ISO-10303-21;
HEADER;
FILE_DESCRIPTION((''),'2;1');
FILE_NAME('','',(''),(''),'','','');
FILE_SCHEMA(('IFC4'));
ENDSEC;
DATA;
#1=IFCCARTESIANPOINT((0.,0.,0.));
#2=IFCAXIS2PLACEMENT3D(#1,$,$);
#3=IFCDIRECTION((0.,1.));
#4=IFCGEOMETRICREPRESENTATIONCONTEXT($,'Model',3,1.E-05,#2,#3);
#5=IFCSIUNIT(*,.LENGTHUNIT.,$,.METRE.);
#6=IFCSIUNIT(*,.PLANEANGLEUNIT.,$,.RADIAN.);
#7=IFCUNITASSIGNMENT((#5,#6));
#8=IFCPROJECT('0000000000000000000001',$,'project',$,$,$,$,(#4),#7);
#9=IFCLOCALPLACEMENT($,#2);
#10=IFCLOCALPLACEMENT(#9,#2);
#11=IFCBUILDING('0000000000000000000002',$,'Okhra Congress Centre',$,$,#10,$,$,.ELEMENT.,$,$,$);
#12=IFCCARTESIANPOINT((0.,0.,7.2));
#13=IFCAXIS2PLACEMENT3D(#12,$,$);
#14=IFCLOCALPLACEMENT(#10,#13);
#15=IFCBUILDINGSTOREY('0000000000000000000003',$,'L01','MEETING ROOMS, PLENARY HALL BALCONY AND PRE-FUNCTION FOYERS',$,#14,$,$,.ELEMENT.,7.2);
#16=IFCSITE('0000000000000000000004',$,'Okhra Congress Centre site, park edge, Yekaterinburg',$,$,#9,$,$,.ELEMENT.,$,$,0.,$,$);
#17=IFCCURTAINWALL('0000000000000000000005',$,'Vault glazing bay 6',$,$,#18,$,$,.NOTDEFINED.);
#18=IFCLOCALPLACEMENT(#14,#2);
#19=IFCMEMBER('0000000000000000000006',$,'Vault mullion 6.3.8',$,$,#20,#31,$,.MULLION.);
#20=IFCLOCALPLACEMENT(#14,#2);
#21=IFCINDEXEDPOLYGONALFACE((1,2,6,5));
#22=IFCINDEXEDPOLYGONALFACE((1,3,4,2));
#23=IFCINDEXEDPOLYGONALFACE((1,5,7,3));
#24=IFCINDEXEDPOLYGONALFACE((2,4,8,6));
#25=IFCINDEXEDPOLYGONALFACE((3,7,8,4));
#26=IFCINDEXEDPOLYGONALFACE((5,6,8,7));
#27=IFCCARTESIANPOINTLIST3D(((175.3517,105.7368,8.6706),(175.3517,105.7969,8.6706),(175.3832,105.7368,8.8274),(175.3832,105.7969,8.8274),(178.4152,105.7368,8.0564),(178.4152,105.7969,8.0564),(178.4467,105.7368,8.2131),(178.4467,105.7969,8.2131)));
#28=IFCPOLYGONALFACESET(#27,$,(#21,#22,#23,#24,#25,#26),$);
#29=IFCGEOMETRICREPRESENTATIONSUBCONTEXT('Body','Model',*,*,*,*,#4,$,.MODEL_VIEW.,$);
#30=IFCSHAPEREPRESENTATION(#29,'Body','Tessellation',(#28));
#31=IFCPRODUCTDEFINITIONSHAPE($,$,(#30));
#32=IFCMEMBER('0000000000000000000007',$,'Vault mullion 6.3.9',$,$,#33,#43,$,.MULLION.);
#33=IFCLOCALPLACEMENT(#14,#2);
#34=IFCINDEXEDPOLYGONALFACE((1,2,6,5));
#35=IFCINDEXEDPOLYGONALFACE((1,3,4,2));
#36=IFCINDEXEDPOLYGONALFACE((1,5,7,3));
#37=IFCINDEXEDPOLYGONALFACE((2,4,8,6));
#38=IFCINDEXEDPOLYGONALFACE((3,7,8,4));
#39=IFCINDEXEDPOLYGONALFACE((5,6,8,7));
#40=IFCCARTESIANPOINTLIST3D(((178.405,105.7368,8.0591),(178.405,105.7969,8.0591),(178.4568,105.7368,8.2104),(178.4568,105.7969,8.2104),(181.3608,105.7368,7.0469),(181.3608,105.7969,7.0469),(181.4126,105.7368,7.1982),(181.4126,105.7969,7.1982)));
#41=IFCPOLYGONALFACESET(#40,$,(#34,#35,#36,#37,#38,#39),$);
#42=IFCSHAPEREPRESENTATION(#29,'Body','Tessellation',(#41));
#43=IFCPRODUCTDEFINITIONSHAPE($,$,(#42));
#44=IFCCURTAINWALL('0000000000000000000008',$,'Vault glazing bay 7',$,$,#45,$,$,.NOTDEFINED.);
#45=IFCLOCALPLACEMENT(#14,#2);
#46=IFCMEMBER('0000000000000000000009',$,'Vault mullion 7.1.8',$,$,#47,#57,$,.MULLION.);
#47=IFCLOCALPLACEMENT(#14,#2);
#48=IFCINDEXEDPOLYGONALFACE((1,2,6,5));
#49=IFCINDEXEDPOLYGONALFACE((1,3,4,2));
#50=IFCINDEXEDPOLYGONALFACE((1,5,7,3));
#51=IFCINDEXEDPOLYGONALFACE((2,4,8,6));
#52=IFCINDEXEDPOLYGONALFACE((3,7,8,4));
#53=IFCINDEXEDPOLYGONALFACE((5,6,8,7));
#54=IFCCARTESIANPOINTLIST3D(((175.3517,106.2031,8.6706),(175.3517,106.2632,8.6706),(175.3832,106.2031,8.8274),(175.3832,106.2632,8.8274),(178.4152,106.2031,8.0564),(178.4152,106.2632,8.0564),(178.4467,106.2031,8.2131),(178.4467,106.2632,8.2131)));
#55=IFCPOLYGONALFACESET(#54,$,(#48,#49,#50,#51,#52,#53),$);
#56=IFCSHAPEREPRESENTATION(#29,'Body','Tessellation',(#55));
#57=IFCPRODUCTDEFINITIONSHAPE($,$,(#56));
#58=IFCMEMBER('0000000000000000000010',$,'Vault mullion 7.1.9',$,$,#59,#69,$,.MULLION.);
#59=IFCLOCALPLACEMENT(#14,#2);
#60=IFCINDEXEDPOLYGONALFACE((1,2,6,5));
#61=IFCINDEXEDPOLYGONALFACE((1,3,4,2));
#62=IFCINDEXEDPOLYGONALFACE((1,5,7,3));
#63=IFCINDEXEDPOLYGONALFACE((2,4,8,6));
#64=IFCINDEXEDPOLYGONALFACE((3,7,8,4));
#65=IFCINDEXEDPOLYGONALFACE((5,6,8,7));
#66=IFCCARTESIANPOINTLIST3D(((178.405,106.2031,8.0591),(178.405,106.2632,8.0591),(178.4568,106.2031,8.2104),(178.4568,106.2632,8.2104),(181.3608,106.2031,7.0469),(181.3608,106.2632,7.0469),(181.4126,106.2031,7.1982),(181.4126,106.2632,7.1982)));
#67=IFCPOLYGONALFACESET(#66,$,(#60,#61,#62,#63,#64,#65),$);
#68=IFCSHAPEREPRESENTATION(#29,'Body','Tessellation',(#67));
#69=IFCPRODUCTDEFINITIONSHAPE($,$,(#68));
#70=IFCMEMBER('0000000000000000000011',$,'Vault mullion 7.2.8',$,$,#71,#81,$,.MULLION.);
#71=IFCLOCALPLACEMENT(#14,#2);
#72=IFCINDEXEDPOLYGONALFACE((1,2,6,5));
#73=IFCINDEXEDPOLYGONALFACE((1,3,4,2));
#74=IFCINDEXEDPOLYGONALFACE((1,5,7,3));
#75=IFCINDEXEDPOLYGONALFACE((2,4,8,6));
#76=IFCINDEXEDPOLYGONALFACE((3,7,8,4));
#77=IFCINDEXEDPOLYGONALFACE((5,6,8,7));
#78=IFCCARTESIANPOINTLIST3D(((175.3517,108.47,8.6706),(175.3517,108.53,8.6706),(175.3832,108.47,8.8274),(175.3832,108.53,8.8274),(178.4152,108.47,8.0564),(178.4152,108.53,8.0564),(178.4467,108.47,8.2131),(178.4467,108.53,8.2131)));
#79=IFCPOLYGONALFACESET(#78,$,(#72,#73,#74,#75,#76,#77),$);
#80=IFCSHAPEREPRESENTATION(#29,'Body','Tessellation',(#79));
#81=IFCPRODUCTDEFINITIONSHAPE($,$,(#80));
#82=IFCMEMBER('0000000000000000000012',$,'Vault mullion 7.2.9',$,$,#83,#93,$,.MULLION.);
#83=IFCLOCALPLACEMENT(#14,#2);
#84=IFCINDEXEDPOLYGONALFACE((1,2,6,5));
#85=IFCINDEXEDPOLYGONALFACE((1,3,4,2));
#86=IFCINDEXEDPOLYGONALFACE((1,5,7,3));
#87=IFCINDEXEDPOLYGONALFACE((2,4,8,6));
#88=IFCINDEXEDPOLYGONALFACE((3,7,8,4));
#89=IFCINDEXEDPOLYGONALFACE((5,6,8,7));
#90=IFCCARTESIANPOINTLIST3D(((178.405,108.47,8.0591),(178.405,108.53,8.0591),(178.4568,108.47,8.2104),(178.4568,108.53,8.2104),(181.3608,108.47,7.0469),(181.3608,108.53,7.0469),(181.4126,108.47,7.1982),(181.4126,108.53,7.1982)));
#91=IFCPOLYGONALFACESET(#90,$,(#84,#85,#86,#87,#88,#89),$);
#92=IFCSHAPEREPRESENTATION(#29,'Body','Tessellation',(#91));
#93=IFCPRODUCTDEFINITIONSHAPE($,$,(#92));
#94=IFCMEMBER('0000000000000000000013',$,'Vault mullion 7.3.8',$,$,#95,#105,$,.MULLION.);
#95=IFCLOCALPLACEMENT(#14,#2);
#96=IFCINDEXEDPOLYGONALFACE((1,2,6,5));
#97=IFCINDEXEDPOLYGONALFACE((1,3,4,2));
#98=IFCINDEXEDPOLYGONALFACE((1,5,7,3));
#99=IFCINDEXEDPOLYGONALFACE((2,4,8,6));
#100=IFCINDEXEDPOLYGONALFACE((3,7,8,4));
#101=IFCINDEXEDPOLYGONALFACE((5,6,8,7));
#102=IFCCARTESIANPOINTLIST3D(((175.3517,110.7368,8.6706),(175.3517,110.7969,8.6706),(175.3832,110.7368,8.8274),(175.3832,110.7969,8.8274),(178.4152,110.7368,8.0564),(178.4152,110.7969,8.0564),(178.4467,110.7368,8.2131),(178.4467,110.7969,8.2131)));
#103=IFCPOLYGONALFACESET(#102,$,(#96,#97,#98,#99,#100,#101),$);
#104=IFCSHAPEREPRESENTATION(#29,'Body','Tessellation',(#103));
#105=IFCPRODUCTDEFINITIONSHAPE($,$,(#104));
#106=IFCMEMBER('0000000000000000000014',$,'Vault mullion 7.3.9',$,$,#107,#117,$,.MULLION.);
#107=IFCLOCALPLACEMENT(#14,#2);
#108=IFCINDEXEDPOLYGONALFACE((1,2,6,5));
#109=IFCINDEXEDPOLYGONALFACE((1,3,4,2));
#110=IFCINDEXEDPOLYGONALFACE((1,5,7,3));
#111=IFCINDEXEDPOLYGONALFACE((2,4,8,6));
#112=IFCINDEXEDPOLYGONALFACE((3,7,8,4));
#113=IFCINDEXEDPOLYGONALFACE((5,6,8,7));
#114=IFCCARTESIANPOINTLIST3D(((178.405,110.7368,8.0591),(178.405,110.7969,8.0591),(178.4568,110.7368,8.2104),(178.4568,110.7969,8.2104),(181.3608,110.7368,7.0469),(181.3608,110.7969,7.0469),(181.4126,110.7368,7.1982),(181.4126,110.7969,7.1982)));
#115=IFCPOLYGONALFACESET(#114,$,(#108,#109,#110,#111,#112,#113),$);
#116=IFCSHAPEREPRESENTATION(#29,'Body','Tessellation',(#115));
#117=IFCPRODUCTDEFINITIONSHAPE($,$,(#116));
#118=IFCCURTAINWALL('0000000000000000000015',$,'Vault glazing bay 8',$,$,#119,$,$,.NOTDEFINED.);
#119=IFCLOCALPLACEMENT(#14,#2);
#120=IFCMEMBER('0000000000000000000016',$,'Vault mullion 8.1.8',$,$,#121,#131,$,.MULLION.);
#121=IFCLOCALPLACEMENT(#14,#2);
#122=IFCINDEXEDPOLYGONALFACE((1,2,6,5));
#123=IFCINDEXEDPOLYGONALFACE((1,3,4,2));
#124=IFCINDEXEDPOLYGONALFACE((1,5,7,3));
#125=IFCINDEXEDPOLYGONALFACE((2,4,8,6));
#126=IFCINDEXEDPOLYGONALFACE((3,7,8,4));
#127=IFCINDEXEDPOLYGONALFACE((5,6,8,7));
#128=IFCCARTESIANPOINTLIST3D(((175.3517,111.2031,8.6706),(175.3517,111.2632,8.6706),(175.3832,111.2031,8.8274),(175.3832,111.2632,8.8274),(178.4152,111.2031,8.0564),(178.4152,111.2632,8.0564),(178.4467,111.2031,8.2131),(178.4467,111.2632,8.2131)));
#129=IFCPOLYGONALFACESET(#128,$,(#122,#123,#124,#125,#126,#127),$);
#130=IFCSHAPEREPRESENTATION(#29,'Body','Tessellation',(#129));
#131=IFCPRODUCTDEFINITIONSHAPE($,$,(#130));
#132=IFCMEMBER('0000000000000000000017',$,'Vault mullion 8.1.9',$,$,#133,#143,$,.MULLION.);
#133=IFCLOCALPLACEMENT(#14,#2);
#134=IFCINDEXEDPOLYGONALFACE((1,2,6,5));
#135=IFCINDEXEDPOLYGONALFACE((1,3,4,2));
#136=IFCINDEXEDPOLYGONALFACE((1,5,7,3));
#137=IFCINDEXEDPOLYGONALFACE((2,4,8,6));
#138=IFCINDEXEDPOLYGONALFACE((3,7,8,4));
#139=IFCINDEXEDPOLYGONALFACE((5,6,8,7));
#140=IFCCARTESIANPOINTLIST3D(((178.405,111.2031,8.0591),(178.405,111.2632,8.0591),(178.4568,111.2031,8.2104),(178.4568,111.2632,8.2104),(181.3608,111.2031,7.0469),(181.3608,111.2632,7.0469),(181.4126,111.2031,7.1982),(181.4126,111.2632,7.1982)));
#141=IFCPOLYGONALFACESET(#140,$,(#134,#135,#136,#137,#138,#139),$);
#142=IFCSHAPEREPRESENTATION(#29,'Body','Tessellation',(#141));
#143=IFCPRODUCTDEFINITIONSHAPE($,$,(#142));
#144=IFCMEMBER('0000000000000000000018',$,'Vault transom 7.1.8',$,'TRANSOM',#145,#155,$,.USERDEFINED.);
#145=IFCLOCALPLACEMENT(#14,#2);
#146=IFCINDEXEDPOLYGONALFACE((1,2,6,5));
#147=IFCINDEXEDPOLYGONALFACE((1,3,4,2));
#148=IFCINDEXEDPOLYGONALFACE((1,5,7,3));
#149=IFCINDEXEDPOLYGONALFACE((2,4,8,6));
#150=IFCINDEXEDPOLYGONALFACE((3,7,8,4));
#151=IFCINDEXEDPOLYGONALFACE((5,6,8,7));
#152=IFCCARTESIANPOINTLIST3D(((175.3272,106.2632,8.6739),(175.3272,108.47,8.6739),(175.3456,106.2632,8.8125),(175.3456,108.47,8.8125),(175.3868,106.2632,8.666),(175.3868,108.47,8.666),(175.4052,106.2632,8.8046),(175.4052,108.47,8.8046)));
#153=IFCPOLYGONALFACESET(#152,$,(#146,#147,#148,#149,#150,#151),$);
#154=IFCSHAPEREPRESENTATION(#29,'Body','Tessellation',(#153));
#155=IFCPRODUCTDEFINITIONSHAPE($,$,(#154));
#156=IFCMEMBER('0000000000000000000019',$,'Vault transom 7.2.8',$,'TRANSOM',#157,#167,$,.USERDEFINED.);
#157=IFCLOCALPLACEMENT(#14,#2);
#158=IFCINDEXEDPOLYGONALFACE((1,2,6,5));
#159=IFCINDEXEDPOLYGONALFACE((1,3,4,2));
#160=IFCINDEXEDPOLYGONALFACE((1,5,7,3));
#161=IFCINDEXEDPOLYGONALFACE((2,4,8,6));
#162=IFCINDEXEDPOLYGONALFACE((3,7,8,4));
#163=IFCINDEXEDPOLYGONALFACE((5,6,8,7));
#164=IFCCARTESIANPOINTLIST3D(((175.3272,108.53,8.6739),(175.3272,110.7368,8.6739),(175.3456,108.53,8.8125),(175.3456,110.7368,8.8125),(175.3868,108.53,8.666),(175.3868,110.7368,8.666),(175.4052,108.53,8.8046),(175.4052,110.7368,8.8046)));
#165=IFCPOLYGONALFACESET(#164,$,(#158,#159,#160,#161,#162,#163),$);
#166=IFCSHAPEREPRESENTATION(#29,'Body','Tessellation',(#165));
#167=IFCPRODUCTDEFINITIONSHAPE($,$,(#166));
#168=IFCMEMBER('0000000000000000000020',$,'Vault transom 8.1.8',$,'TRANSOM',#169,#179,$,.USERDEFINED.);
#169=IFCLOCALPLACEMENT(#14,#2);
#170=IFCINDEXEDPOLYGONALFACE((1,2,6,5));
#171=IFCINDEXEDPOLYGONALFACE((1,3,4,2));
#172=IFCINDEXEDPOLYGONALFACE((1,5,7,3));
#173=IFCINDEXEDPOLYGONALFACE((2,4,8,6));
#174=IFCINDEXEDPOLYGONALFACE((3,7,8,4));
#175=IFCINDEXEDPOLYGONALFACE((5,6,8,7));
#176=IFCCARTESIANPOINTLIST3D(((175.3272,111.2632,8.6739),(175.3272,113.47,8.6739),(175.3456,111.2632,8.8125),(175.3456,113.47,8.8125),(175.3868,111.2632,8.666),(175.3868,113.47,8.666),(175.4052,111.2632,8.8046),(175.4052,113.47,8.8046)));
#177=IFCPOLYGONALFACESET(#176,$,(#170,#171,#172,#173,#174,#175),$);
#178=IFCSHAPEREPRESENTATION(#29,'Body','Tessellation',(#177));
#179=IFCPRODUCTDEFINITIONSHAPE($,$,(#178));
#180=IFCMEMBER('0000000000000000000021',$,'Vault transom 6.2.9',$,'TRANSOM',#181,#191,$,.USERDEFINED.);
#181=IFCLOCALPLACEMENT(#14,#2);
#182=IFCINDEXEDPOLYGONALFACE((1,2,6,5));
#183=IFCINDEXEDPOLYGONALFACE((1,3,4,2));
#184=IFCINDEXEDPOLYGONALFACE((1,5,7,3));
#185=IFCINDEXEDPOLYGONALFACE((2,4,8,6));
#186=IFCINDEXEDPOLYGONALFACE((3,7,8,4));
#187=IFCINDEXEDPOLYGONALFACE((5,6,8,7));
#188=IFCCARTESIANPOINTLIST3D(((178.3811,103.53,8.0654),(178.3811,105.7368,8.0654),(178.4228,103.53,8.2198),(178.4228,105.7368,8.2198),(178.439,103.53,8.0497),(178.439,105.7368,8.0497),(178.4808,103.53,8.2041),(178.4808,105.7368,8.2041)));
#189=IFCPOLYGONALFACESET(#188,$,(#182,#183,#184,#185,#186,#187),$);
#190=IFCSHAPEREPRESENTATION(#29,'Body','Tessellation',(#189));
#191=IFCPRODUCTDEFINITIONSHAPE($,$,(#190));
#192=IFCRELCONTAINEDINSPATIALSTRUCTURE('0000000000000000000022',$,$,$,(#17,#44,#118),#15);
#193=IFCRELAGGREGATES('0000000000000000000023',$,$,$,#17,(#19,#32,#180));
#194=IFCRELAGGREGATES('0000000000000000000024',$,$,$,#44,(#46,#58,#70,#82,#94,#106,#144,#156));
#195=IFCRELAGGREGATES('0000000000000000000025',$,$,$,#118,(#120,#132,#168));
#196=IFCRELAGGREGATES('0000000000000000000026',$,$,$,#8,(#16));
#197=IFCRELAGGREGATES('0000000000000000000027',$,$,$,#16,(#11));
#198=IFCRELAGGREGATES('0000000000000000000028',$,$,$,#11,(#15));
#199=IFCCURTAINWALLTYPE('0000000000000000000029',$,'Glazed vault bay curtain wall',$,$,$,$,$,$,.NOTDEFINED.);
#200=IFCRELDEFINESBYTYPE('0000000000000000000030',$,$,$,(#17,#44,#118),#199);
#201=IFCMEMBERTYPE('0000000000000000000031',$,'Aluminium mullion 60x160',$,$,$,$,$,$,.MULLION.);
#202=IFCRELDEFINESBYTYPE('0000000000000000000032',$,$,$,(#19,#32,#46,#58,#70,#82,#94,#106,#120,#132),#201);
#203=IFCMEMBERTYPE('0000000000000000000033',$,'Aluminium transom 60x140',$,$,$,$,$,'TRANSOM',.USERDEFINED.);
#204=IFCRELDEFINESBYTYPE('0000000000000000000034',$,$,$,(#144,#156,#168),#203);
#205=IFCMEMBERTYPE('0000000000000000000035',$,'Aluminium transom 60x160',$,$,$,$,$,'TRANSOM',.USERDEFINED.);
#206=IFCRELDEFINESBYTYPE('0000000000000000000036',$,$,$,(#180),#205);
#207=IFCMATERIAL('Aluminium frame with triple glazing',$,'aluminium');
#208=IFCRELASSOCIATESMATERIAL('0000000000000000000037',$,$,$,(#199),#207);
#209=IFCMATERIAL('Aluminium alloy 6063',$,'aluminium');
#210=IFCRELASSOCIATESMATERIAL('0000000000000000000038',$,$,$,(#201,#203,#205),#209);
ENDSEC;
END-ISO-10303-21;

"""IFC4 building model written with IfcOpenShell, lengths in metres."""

from ifc_helpers import new_model, si_unit, direction, frame, origin, origin_2d, place, context, subcontext, project, spatial, rectangle, extrude, material, material_profile, profile_set, type_object, element, aggregate, save


model = new_model("IFC4")

# Units and contexts
model_context = context("Model", 3, precision=1e-05, world=origin(), true_north=direction((0.0, 1.0)))
body_context = subcontext(model_context, "Body", "Model", "MODEL_VIEW")
ifc_project = project(units=[si_unit("LENGTHUNIT", "METRE"), si_unit("PLANEANGLEUNIT", "RADIAN")], contexts=[model_context])

# Site, building, storey
site_placement = place(None, origin())
site = spatial("IfcSite", under=ifc_project, at=site_placement, Name="Okhra Congress Centre site, park edge, Yekaterinburg", CompositionType="ELEMENT", RefElevation=0.0)
building_placement = place(site_placement, origin())
building = spatial("IfcBuilding", under=site, at=building_placement, Name="Okhra Congress Centre", CompositionType="ELEMENT")
storey_placement = place(building_placement, frame((0.0, 0.0, 7.2)))
storey = spatial("IfcBuildingStorey", under=building, at=storey_placement, Name="L01", Description="MEETING ROOMS, PLENARY HALL BALCONY AND PRE-FUNCTION FOYERS", CompositionType="ELEMENT", Elevation=7.2)

# Curtain walls, members
ifc_material_1 = material(Name="Aluminium frame with triple glazing", Category="aluminium")
curtain_wall_type = type_object("IfcCurtainWallType", Name="Glazed vault bay curtain wall", PredefinedType="NOTDEFINED", material=ifc_material_1)
curtain_wall_1_placement = place(storey_placement, origin())
curtain_wall_1 = element("IfcCurtainWall", 1, at=curtain_wall_1_placement, inside=storey, type_object=curtain_wall_type, Name="Vault glazing bay 6", PredefinedType="NOTDEFINED")
ifc_material_2 = material(Name="Aluminium alloy 6063", Category="aluminium")
ifc_material_profile_1 = material_profile(ifc_material_2, rectangle(XDim=0.0601, YDim=0.1599, at=origin_2d()), Name="AL 60x160")
ifc_profile_set_1 = profile_set([ifc_material_profile_1], Name="Aluminium alloy 6063")
member_type_1 = type_object("IfcMemberType", Name="Aluminium mullion 60x160", PredefinedType="MULLION", material=ifc_profile_set_1)
member_1_placement = place(storey_placement, frame((175.3674, 105.7668, 8.749), z_axis=(0.980484, 0.0, -0.196597), x_axis=(0.0, 1.0, 0.0)))
member_1 = element("IfcMember", 2, at=member_1_placement, type_object=member_type_1, Name="Vault mullion 6.3.8", PredefinedType="MULLION", context=body_context, shape_type="SweptSolid", body=[
    extrude(rectangle(XDim=0.0601, YDim=0.1599, at=origin_2d()), origin(), (0.0, 0.0, 1.0), 3.1245),
])
member_2_placement = place(storey_placement, frame((178.4309, 105.7668, 8.1348), z_axis=(0.946065, 0.0, -0.323977), x_axis=(0.0, 1.0, 0.0)))
member_2 = element("IfcMember", 3, at=member_2_placement, type_object=member_type_1, Name="Vault mullion 6.3.9", PredefinedType="MULLION", context=body_context, shape_type="SweptSolid", body=[
    extrude(rectangle(XDim=0.0601, YDim=0.1599, at=origin_2d()), origin(), (0.0, 0.0, 1.0), 3.1243),
])
curtain_wall_2_placement = place(storey_placement, origin())
curtain_wall_2 = element("IfcCurtainWall", 4, at=curtain_wall_2_placement, inside=storey, type_object=curtain_wall_type, Name="Vault glazing bay 7", PredefinedType="NOTDEFINED")
member_3_placement = place(storey_placement, frame((175.3674, 106.2332, 8.749), z_axis=(0.980484, 0.0, -0.196597), x_axis=(0.0, 1.0, 0.0)))
member_3 = element("IfcMember", 5, at=member_3_placement, type_object=member_type_1, Name="Vault mullion 7.1.8", PredefinedType="MULLION", context=body_context, shape_type="SweptSolid", body=[
    extrude(rectangle(XDim=0.0601, YDim=0.1599, at=origin_2d()), origin(), (0.0, 0.0, 1.0), 3.1245),
])
member_4_placement = place(storey_placement, frame((178.4309, 106.2332, 8.1348), z_axis=(0.946065, 0.0, -0.323977), x_axis=(0.0, 1.0, 0.0)))
member_4 = element("IfcMember", 6, at=member_4_placement, type_object=member_type_1, Name="Vault mullion 7.1.9", PredefinedType="MULLION", context=body_context, shape_type="SweptSolid", body=[
    extrude(rectangle(XDim=0.0601, YDim=0.1599, at=origin_2d()), origin(), (0.0, 0.0, 1.0), 3.1243),
])
member_5_placement = place(storey_placement, frame((175.3674, 108.5, 8.749), z_axis=(0.980484, 0.0, -0.196597), x_axis=(0.0, 1.0, 0.0)))
member_5 = element("IfcMember", 7, at=member_5_placement, type_object=member_type_1, Name="Vault mullion 7.2.8", PredefinedType="MULLION", context=body_context, shape_type="SweptSolid", body=[
    extrude(rectangle(XDim=0.0601, YDim=0.1599, at=origin_2d()), origin(), (0.0, 0.0, 1.0), 3.1245),
])
member_6_placement = place(storey_placement, frame((178.4309, 108.5, 8.1348), z_axis=(0.946065, 0.0, -0.323977), x_axis=(0.0, 1.0, 0.0)))
member_6 = element("IfcMember", 8, at=member_6_placement, type_object=member_type_1, Name="Vault mullion 7.2.9", PredefinedType="MULLION", context=body_context, shape_type="SweptSolid", body=[
    extrude(rectangle(XDim=0.0601, YDim=0.1599, at=origin_2d()), origin(), (0.0, 0.0, 1.0), 3.1243),
])
member_7_placement = place(storey_placement, frame((175.3674, 110.7668, 8.749), z_axis=(0.980484, 0.0, -0.196597), x_axis=(0.0, 1.0, 0.0)))
member_7 = element("IfcMember", 9, at=member_7_placement, type_object=member_type_1, Name="Vault mullion 7.3.8", PredefinedType="MULLION", context=body_context, shape_type="SweptSolid", body=[
    extrude(rectangle(XDim=0.0601, YDim=0.1599, at=origin_2d()), origin(), (0.0, 0.0, 1.0), 3.1245),
])
member_8_placement = place(storey_placement, frame((178.4309, 110.7668, 8.1348), z_axis=(0.946065, 0.0, -0.323977), x_axis=(0.0, 1.0, 0.0)))
member_8 = element("IfcMember", 10, at=member_8_placement, type_object=member_type_1, Name="Vault mullion 7.3.9", PredefinedType="MULLION", context=body_context, shape_type="SweptSolid", body=[
    extrude(rectangle(XDim=0.0601, YDim=0.1599, at=origin_2d()), origin(), (0.0, 0.0, 1.0), 3.1243),
])
curtain_wall_3_placement = place(storey_placement, origin())
curtain_wall_3 = element("IfcCurtainWall", 11, at=curtain_wall_3_placement, inside=storey, type_object=curtain_wall_type, Name="Vault glazing bay 8", PredefinedType="NOTDEFINED")
member_9_placement = place(storey_placement, frame((175.3674, 111.2332, 8.749), z_axis=(0.980484, 0.0, -0.196597), x_axis=(0.0, 1.0, 0.0)))
member_9 = element("IfcMember", 12, at=member_9_placement, type_object=member_type_1, Name="Vault mullion 8.1.8", PredefinedType="MULLION", context=body_context, shape_type="SweptSolid", body=[
    extrude(rectangle(XDim=0.0601, YDim=0.1599, at=origin_2d()), origin(), (0.0, 0.0, 1.0), 3.1245),
])
member_10_placement = place(storey_placement, frame((178.4309, 111.2332, 8.1348), z_axis=(0.946065, 0.0, -0.323977), x_axis=(0.0, 1.0, 0.0)))
member_10 = element("IfcMember", 13, at=member_10_placement, type_object=member_type_1, Name="Vault mullion 8.1.9", PredefinedType="MULLION", context=body_context, shape_type="SweptSolid", body=[
    extrude(rectangle(XDim=0.0601, YDim=0.1599, at=origin_2d()), origin(), (0.0, 0.0, 1.0), 3.1243),
])

# Members
ifc_material_profile_2 = material_profile(ifc_material_2, rectangle(XDim=0.0601, YDim=0.1399, at=origin_2d()), Name="AL 60x140 transom")
ifc_profile_set_2 = profile_set([ifc_material_profile_2], Name="Aluminium alloy 6063")
member_type_2 = type_object("IfcMemberType", Name="Aluminium transom 60x140", ElementType="TRANSOM", PredefinedType="USERDEFINED", material=ifc_profile_set_2)
member_11_placement = place(storey_placement, frame((175.3662, 106.2632, 8.7393), z_axis=(0.0, 1.0, 0.0), x_axis=(-0.991307, 0.0, 0.131568)))
member_11 = element("IfcMember", 14, at=member_11_placement, type_object=member_type_2, Name="Vault transom 7.1.8", ObjectType="TRANSOM", PredefinedType="USERDEFINED", context=body_context, shape_type="SweptSolid", body=[
    extrude(rectangle(XDim=0.0601, YDim=0.1399, at=origin_2d()), origin(), (0.0, 0.0, 1.0), 2.2068),
])
member_12_placement = place(storey_placement, frame((175.3662, 108.53, 8.7393), z_axis=(0.0, 1.0, 0.0), x_axis=(-0.991307, 0.0, 0.131568)))
member_12 = element("IfcMember", 15, at=member_12_placement, type_object=member_type_2, Name="Vault transom 7.2.8", ObjectType="TRANSOM", PredefinedType="USERDEFINED", context=body_context, shape_type="SweptSolid", body=[
    extrude(rectangle(XDim=0.0601, YDim=0.1399, at=origin_2d()), origin(), (0.0, 0.0, 1.0), 2.2068),
])
member_13_placement = place(storey_placement, frame((175.3662, 111.2632, 8.7393), z_axis=(0.0, 1.0, 0.0), x_axis=(-0.991307, 0.0, 0.131568)))
member_13 = element("IfcMember", 16, at=member_13_placement, type_object=member_type_2, Name="Vault transom 8.1.8", ObjectType="TRANSOM", PredefinedType="USERDEFINED", context=body_context, shape_type="SweptSolid", body=[
    extrude(rectangle(XDim=0.0601, YDim=0.1399, at=origin_2d()), origin(), (0.0, 0.0, 1.0), 2.2068),
])
ifc_material_profile_3 = material_profile(ifc_material_2, rectangle(XDim=0.0601, YDim=0.1599, at=origin_2d()), Name="AL 60x160 transom")
ifc_profile_set_3 = profile_set([ifc_material_profile_3], Name="Aluminium alloy 6063")
member_type_3 = type_object("IfcMemberType", Name="Aluminium transom 60x160", ElementType="TRANSOM", PredefinedType="USERDEFINED", material=ifc_profile_set_3)
member_14_placement = place(storey_placement, frame((178.4309, 103.53, 8.1348), z_axis=(0.0, 1.0, 0.0), x_axis=(-0.96538, 0.0, 0.260848)))
member_14 = element("IfcMember", 17, at=member_14_placement, type_object=member_type_3, Name="Vault transom 6.2.9", ObjectType="TRANSOM", PredefinedType="USERDEFINED", context=body_context, shape_type="SweptSolid", body=[
    extrude(rectangle(XDim=0.0601, YDim=0.1599, at=origin_2d()), origin(), (0.0, 0.0, 1.0), 2.2068),
])
aggregate(curtain_wall_1, [member_1, member_2, member_14])

aggregate(curtain_wall_2, [member_3, member_4, member_5, member_6, member_7, member_8, member_11, member_12])
aggregate(curtain_wall_3, [member_9, member_10, member_13])

save(model, "model.ifc")
